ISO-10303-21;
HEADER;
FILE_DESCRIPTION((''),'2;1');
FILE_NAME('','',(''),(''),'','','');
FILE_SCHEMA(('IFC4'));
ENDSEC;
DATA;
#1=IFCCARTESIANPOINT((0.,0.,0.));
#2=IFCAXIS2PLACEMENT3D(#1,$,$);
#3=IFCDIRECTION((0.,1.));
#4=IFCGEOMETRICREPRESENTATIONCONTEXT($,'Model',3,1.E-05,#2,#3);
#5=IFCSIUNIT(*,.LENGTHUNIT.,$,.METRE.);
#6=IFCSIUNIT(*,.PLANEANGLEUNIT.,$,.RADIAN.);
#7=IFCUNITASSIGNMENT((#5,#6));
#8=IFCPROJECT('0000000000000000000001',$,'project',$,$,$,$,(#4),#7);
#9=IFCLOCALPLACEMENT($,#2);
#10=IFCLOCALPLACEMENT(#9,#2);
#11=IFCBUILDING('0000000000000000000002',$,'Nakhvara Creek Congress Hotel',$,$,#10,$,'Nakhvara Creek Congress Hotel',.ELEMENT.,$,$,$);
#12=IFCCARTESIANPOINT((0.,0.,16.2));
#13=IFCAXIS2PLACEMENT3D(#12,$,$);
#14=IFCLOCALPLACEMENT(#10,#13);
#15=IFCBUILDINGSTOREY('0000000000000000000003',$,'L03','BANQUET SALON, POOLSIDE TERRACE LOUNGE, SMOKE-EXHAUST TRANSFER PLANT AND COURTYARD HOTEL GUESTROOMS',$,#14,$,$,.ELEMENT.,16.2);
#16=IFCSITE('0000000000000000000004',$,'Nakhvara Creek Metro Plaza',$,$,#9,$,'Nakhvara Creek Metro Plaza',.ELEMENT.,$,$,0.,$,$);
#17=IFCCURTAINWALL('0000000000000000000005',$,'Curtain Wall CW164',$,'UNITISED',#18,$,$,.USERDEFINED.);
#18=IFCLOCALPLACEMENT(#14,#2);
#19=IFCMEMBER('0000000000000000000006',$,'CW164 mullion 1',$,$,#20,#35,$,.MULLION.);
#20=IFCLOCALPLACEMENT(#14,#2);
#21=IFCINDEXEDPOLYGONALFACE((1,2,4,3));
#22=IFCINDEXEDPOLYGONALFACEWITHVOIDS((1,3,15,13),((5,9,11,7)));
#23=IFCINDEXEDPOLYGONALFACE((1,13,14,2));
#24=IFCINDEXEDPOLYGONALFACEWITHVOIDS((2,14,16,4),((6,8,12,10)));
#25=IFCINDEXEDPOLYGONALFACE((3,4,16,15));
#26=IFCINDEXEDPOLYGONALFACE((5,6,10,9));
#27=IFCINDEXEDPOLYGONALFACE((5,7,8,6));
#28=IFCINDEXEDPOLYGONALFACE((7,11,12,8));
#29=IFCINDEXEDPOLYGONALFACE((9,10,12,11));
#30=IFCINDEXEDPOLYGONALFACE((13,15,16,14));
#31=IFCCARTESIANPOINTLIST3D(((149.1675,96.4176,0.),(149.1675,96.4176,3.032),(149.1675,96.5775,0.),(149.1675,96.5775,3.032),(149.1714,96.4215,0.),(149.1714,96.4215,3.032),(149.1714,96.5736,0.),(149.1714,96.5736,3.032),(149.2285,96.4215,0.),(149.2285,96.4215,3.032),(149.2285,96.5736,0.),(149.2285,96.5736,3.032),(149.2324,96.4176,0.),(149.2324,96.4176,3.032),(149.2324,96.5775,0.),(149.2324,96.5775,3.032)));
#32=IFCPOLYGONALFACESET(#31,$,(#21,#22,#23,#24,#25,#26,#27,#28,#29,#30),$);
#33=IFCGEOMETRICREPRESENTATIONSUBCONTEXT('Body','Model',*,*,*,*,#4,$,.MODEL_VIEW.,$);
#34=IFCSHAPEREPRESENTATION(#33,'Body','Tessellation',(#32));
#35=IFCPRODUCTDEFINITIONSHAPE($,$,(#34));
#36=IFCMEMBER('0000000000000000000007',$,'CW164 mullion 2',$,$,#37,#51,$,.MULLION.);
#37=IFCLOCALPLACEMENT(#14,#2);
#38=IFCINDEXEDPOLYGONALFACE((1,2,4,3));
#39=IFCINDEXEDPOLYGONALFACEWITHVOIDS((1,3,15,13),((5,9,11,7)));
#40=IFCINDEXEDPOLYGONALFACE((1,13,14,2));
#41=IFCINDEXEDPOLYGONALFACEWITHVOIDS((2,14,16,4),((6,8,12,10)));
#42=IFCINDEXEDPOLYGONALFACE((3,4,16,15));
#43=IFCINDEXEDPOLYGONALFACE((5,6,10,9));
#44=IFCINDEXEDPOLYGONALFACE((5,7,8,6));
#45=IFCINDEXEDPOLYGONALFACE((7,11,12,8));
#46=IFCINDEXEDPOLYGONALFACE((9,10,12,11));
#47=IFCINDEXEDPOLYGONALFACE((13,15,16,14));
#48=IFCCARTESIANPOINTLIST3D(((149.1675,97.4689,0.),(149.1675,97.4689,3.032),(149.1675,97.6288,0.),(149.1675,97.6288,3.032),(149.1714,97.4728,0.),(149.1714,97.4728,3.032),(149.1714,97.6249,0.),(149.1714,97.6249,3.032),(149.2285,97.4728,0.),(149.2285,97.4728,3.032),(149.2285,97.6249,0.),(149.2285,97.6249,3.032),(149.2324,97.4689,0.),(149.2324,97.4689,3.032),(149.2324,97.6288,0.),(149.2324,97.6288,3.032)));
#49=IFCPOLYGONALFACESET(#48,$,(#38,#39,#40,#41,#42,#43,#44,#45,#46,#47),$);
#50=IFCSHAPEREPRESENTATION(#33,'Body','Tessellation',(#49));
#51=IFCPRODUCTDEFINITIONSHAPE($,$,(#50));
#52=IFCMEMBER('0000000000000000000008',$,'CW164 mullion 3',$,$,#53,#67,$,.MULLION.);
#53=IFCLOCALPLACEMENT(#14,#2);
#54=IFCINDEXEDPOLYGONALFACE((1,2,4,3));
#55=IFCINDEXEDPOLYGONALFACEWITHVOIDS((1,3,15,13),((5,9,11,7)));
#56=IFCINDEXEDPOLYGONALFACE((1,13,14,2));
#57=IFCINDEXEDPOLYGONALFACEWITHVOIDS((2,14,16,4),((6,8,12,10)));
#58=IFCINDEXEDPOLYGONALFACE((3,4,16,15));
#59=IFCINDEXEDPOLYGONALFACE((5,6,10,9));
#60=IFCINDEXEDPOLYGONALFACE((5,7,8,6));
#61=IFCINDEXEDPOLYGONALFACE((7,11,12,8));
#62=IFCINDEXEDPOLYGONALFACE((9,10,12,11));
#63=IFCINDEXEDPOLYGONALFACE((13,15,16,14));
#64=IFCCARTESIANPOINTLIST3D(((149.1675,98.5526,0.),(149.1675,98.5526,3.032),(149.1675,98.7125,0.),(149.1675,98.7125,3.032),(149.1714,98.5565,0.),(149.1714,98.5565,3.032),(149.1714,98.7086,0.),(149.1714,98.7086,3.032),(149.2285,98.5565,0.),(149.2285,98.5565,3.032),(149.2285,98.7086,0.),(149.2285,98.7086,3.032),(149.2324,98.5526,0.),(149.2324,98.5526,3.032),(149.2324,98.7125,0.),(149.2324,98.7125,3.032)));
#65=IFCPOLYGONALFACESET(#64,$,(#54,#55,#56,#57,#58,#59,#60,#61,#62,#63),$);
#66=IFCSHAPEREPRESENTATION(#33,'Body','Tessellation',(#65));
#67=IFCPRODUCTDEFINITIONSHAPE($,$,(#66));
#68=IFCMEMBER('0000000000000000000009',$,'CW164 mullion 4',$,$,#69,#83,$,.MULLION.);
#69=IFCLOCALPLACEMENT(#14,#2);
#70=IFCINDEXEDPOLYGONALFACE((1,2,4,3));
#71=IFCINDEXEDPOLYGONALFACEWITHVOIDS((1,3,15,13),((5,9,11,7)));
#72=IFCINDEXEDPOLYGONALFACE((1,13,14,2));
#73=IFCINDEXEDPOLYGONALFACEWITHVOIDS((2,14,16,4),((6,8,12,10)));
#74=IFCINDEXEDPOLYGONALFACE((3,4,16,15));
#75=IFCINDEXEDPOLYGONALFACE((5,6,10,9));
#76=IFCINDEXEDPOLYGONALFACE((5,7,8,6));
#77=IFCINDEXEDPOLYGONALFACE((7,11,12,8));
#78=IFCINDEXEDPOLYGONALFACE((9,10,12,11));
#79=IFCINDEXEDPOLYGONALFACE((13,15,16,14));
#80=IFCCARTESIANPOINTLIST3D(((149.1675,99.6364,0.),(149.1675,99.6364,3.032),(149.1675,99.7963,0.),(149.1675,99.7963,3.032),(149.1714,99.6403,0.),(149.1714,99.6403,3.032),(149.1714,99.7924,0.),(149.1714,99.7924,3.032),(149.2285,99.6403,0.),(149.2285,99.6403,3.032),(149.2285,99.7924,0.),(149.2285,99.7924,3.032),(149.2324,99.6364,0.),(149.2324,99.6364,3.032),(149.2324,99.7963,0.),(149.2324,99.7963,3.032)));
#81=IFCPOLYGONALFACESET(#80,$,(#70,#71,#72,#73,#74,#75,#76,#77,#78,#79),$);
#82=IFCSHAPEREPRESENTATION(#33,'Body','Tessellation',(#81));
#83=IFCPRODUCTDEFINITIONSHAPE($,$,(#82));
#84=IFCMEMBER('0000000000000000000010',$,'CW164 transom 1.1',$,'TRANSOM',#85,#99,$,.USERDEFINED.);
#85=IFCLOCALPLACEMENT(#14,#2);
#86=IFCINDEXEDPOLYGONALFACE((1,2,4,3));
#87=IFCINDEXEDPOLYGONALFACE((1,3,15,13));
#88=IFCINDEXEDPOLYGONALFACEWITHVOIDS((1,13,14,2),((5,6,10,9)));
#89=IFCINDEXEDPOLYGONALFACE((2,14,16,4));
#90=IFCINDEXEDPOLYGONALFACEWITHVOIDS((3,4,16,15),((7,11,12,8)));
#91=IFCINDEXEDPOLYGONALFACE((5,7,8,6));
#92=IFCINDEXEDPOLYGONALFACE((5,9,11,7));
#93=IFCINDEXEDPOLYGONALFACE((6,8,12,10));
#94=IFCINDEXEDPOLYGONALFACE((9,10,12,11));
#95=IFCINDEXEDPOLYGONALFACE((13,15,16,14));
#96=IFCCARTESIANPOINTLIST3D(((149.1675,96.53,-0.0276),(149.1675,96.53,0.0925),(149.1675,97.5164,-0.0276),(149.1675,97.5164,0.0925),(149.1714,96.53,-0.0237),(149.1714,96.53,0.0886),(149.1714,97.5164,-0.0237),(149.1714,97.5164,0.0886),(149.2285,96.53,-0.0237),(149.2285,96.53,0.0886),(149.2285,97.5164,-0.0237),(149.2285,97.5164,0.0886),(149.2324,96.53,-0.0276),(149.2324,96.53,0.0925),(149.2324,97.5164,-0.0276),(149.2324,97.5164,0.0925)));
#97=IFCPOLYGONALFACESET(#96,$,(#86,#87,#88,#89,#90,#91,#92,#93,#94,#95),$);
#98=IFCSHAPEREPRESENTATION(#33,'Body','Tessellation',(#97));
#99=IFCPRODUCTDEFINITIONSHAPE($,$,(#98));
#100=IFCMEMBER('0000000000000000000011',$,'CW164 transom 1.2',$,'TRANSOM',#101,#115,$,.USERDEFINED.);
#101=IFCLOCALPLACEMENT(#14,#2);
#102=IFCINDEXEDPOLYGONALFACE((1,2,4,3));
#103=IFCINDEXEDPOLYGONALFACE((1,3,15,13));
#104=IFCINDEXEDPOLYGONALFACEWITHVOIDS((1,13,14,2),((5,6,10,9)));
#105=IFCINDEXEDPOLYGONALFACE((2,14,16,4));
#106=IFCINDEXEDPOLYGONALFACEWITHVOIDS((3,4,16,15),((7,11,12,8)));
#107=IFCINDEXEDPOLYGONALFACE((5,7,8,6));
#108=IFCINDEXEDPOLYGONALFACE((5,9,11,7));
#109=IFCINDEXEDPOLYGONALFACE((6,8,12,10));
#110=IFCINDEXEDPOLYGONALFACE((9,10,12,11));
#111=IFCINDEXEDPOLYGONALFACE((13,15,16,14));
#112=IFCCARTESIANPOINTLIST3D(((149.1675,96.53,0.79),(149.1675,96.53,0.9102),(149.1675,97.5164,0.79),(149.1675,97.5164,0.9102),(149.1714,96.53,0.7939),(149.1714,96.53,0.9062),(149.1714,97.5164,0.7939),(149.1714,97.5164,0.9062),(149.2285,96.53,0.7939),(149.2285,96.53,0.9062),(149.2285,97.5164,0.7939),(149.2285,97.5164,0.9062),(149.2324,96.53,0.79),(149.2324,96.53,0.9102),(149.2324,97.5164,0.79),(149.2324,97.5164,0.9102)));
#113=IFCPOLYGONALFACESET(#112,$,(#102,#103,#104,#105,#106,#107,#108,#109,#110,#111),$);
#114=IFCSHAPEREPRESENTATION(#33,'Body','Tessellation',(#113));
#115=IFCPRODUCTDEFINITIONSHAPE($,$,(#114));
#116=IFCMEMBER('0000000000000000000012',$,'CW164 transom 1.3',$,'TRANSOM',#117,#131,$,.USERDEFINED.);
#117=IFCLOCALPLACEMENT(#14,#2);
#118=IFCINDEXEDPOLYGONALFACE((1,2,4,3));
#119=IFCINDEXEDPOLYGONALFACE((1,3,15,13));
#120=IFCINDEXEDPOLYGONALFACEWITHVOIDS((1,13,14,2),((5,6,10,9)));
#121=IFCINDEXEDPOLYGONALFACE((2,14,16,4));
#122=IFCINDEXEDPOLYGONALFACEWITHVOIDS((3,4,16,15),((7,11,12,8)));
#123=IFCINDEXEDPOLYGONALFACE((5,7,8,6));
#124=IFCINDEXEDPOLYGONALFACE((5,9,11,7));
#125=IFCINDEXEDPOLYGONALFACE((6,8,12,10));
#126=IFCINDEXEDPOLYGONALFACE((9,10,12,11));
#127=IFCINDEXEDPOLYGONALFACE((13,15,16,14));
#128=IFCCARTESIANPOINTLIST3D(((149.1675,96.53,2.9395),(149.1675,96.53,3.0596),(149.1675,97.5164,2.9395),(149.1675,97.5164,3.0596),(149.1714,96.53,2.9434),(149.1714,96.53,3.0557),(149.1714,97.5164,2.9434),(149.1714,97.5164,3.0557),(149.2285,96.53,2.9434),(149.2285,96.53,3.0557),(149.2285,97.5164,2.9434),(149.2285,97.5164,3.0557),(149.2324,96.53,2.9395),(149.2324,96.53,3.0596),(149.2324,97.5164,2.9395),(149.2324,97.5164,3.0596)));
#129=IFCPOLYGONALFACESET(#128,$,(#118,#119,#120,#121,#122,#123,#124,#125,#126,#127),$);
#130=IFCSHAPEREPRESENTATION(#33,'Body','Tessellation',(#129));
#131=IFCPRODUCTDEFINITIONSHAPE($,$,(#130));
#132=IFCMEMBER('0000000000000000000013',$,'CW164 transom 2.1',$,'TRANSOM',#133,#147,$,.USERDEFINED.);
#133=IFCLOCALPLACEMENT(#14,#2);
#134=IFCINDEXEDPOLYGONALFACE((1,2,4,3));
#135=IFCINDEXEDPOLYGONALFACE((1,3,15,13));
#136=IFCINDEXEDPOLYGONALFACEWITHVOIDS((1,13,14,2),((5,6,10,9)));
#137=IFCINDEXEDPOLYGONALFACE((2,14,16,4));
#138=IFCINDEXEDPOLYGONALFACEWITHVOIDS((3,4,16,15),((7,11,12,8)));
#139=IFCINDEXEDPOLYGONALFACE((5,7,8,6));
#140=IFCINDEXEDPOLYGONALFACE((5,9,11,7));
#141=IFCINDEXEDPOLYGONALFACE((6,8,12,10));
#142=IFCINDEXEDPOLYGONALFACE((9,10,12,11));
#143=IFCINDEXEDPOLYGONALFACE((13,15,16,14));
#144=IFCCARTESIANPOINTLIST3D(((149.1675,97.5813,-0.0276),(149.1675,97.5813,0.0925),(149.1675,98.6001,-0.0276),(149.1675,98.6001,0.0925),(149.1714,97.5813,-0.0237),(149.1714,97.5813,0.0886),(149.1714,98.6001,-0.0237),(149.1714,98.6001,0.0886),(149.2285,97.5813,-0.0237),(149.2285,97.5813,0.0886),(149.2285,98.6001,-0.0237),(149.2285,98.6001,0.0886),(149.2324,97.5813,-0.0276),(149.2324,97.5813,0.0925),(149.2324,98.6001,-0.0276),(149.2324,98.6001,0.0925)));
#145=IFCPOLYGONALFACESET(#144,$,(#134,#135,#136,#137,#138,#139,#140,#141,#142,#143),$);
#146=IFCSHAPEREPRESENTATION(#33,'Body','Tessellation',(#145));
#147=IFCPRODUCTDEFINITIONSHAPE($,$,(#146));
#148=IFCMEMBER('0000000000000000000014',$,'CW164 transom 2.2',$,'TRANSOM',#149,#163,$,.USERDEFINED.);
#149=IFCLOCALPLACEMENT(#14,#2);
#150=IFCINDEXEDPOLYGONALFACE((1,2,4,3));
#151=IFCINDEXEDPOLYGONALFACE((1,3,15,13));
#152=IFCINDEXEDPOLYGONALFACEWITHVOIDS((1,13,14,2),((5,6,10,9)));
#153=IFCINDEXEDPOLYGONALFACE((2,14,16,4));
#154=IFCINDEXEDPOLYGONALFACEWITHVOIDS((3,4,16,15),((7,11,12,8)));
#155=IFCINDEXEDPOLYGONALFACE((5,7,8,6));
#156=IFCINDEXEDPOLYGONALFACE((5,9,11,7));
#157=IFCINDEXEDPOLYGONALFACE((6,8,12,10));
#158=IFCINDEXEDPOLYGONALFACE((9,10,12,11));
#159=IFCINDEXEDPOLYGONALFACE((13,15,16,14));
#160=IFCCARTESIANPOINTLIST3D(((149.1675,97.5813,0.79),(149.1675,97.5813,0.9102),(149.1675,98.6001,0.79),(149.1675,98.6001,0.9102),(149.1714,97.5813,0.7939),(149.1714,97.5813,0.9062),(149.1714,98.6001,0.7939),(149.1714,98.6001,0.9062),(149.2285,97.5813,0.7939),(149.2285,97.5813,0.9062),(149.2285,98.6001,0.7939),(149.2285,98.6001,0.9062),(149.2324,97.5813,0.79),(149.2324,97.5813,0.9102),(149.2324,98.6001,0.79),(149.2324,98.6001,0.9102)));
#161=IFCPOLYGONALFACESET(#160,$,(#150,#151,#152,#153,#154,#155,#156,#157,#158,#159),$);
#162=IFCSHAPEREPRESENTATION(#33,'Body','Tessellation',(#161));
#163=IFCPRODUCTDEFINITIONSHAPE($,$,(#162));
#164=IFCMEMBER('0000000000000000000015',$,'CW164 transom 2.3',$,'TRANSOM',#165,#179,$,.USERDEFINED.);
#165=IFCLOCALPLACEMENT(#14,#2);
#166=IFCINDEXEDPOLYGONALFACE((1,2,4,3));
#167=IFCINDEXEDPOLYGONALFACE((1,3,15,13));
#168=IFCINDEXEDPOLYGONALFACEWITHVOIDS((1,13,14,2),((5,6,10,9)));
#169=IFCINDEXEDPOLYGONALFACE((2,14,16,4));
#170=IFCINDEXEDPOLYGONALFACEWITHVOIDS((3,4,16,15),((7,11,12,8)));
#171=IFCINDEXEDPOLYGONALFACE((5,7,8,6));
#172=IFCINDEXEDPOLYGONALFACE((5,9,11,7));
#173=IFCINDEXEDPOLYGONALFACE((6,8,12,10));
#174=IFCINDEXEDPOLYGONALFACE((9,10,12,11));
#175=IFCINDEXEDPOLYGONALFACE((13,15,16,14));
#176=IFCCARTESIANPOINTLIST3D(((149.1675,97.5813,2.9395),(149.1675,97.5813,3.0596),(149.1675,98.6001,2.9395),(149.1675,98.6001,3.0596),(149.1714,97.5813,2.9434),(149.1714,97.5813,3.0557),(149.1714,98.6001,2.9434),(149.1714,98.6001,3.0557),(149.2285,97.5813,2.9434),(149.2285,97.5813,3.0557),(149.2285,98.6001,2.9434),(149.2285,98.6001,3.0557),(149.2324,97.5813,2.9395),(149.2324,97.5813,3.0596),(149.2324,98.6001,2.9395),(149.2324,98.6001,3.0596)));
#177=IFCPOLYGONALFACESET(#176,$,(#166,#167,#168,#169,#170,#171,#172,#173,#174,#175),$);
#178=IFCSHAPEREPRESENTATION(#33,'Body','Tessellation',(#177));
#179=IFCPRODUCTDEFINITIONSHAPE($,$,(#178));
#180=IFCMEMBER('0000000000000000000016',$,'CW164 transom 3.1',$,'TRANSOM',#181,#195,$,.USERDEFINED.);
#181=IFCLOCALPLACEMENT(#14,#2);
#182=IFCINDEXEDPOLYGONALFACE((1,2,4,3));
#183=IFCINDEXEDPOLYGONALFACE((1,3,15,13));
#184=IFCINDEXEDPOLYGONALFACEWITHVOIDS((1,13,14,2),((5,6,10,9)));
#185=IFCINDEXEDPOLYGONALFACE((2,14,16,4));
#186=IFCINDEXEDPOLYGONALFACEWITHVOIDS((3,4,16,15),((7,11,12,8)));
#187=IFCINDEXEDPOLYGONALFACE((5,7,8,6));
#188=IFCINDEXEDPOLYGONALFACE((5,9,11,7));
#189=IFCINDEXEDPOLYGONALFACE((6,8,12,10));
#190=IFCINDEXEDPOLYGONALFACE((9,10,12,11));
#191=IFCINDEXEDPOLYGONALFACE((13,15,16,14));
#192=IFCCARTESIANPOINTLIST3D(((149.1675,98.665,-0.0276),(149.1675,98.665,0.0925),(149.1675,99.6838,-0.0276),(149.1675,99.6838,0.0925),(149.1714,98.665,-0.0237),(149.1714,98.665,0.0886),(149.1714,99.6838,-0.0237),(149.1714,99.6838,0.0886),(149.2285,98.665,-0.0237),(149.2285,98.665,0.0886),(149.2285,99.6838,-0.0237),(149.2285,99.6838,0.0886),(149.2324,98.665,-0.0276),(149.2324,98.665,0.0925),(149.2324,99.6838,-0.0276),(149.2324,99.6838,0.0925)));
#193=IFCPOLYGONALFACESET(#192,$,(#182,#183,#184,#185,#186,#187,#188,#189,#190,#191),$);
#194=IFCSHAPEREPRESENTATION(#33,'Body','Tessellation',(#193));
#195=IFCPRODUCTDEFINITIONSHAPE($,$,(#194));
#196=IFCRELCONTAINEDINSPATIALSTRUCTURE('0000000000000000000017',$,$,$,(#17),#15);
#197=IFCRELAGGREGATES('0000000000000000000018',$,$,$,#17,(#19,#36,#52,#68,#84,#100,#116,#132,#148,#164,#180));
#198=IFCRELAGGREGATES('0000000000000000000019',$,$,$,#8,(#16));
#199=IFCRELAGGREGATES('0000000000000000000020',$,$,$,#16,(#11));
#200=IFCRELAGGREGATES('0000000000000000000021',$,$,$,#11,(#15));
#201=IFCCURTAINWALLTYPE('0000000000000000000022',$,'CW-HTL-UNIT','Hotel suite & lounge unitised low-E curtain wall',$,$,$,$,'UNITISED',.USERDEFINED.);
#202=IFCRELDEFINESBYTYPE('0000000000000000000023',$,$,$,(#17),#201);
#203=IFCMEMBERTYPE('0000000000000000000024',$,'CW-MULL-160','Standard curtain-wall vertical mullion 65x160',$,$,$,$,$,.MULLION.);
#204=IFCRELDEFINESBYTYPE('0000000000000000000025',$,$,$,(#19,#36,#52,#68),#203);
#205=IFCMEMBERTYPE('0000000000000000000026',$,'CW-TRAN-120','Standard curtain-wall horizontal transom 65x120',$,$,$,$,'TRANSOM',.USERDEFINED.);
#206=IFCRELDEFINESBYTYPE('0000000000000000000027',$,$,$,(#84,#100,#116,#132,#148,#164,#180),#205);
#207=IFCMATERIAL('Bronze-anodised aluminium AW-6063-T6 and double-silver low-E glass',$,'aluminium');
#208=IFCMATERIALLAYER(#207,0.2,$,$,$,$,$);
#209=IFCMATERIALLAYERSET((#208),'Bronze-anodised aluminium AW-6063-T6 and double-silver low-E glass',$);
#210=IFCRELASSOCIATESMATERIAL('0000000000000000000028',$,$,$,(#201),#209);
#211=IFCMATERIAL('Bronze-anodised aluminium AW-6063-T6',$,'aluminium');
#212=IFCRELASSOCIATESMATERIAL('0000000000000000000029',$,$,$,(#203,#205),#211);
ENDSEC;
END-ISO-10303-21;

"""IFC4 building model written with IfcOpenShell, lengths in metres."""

from ifc_helpers import new_model, si_unit, direction, frame, origin, origin_2d, place, context, subcontext, project, spatial, hollow_rectangle, extrude, material, layer, layer_set, material_profile, profile_set, type_object, element, aggregate, save


model = new_model("IFC4")

# Units and contexts
model_context = context("Model", 3, precision=1e-05, world=origin(), true_north=direction((0.0, 1.0)))
body_context = subcontext(model_context, "Body", "Model", "MODEL_VIEW")
ifc_project = project(units=[si_unit("LENGTHUNIT", "METRE"), si_unit("PLANEANGLEUNIT", "RADIAN")], contexts=[model_context])

# Site, building, storey
site_placement = place(None, origin())
site = spatial("IfcSite", under=ifc_project, at=site_placement, Name="Nakhvara Creek Metro Plaza", LongName="Nakhvara Creek Metro Plaza", CompositionType="ELEMENT", RefElevation=0.0)
building_placement = place(site_placement, origin())
building = spatial("IfcBuilding", under=site, at=building_placement, Name="Nakhvara Creek Congress Hotel", LongName="Nakhvara Creek Congress Hotel", CompositionType="ELEMENT")
storey_placement = place(building_placement, frame((0.0, 0.0, 16.2)))
storey = spatial("IfcBuildingStorey", under=building, at=storey_placement, Name="L03", Description="BANQUET SALON, POOLSIDE TERRACE LOUNGE, SMOKE-EXHAUST TRANSFER PLANT AND COURTYARD HOTEL GUESTROOMS", CompositionType="ELEMENT", Elevation=16.2)

# Curtain wall, members
ifc_material_1 = material(Name="Bronze-anodised aluminium AW-6063-T6 and double-silver low-E glass", Category="aluminium")
ifc_layer = layer(ifc_material_1, 0.2)
ifc_layer_set = layer_set([ifc_layer], Name="Bronze-anodised aluminium AW-6063-T6 and double-silver low-E glass")
curtain_wall_type = type_object("IfcCurtainWallType", Name="CW-HTL-UNIT", Description="Hotel suite & lounge unitised low-E curtain wall", ElementType="UNITISED", PredefinedType="USERDEFINED", material=ifc_layer_set)
curtain_wall_placement = place(storey_placement, origin())
curtain_wall = element("IfcCurtainWall", 1, at=curtain_wall_placement, inside=storey, type_object=curtain_wall_type, Name="Curtain Wall CW164", ObjectType="UNITISED", PredefinedType="USERDEFINED")
ifc_material_2 = material(Name="Bronze-anodised aluminium AW-6063-T6", Category="aluminium")
ifc_material_profile_1 = material_profile(ifc_material_2, hollow_rectangle(XDim=0.0649, YDim=0.1599, WallThickness=0.0039, at=origin_2d()), Name="ALU-MULL 65x160x4", Category="LoadBearing")
ifc_profile_set_1 = profile_set([ifc_material_profile_1], Name="Bronze-anodised aluminium AW-6063-T6")
member_type_1 = type_object("IfcMemberType", Name="CW-MULL-160", Description="Standard curtain-wall vertical mullion 65x160", PredefinedType="MULLION", material=ifc_profile_set_1)
member_1_placement = place(storey_placement, frame((149.2, 96.4976, 0.0), z_axis=(0.0, 0.0, 1.0), x_axis=(-1.0, 0.0, 0.0)))
member_1 = element("IfcMember", 2, at=member_1_placement, type_object=member_type_1, Name="CW164 mullion 1", PredefinedType="MULLION", context=body_context, shape_type="SweptSolid", body=[
    extrude(hollow_rectangle(XDim=0.0649, YDim=0.1599, WallThickness=0.0039, at=origin_2d()), origin(), (0.0, 0.0, 1.0), 3.032),
])
member_2_placement = place(storey_placement, frame((149.2, 97.5488, 0.0), z_axis=(0.0, 0.0, 1.0), x_axis=(-1.0, 0.0, 0.0)))
member_2 = element("IfcMember", 3, at=member_2_placement, type_object=member_type_1, Name="CW164 mullion 2", PredefinedType="MULLION", context=body_context, shape_type="SweptSolid", body=[
    extrude(hollow_rectangle(XDim=0.0649, YDim=0.1599, WallThickness=0.0039, at=origin_2d()), origin(), (0.0, 0.0, 1.0), 3.032),
])
member_3_placement = place(storey_placement, frame((149.2, 98.6326, 0.0), z_axis=(0.0, 0.0, 1.0), x_axis=(-1.0, 0.0, 0.0)))
member_3 = element("IfcMember", 4, at=member_3_placement, type_object=member_type_1, Name="CW164 mullion 3", PredefinedType="MULLION", context=body_context, shape_type="SweptSolid", body=[
    extrude(hollow_rectangle(XDim=0.0649, YDim=0.1599, WallThickness=0.0039, at=origin_2d()), origin(), (0.0, 0.0, 1.0), 3.032),
])
member_4_placement = place(storey_placement, frame((149.2, 99.7163, 0.0), z_axis=(0.0, 0.0, 1.0), x_axis=(-1.0, 0.0, 0.0)))
member_4 = element("IfcMember", 5, at=member_4_placement, type_object=member_type_1, Name="CW164 mullion 4", PredefinedType="MULLION", context=body_context, shape_type="SweptSolid", body=[
    extrude(hollow_rectangle(XDim=0.0649, YDim=0.1599, WallThickness=0.0039, at=origin_2d()), origin(), (0.0, 0.0, 1.0), 3.032),
])
ifc_material_profile_2 = material_profile(ifc_material_2, hollow_rectangle(XDim=0.0649, YDim=0.1201, WallThickness=0.0039, at=origin_2d()), Name="ALU-TRAN 65x120x4", Category="LoadBearing")
ifc_profile_set_2 = profile_set([ifc_material_profile_2], Name="Bronze-anodised aluminium AW-6063-T6")
member_type_2 = type_object("IfcMemberType", Name="CW-TRAN-120", Description="Standard curtain-wall horizontal transom 65x120", ElementType="TRANSOM", PredefinedType="USERDEFINED", material=ifc_profile_set_2)
member_5_placement = place(storey_placement, frame((149.2, 96.53, 0.0325), z_axis=(0.0, 1.0, 0.0), x_axis=(-1.0, 0.0, 0.0)))
member_5 = element("IfcMember", 6, at=member_5_placement, type_object=member_type_2, Name="CW164 transom 1.1", ObjectType="TRANSOM", PredefinedType="USERDEFINED", context=body_context, shape_type="SweptSolid", body=[
    extrude(hollow_rectangle(XDim=0.0649, YDim=0.1201, WallThickness=0.0039, at=origin_2d()), origin(), (0.0, 0.0, 1.0), 0.9863),
])
member_6_placement = place(storey_placement, frame((149.2, 96.53, 0.8501), z_axis=(0.0, 1.0, 0.0), x_axis=(-1.0, 0.0, 0.0)))
member_6 = element("IfcMember", 7, at=member_6_placement, type_object=member_type_2, Name="CW164 transom 1.2", ObjectType="TRANSOM", PredefinedType="USERDEFINED", context=body_context, shape_type="SweptSolid", body=[
    extrude(hollow_rectangle(XDim=0.0649, YDim=0.1201, WallThickness=0.0039, at=origin_2d()), origin(), (0.0, 0.0, 1.0), 0.9863),
])
member_7_placement = place(storey_placement, frame((149.2, 96.53, 2.9995), z_axis=(0.0, 1.0, 0.0), x_axis=(-1.0, 0.0, 0.0)))
member_7 = element("IfcMember", 8, at=member_7_placement, type_object=member_type_2, Name="CW164 transom 1.3", ObjectType="TRANSOM", PredefinedType="USERDEFINED", context=body_context, shape_type="SweptSolid", body=[
    extrude(hollow_rectangle(XDim=0.0649, YDim=0.1201, WallThickness=0.0039, at=origin_2d()), origin(), (0.0, 0.0, 1.0), 0.9863),
])
member_8_placement = place(storey_placement, frame((149.2, 97.5813, 0.0325), z_axis=(0.0, 1.0, 0.0), x_axis=(-1.0, 0.0, 0.0)))
member_8 = element("IfcMember", 9, at=member_8_placement, type_object=member_type_2, Name="CW164 transom 2.1", ObjectType="TRANSOM", PredefinedType="USERDEFINED", context=body_context, shape_type="SweptSolid", body=[
    extrude(hollow_rectangle(XDim=0.0649, YDim=0.1201, WallThickness=0.0039, at=origin_2d()), origin(), (0.0, 0.0, 1.0), 1.0188),
])
member_9_placement = place(storey_placement, frame((149.2, 97.5813, 0.8501), z_axis=(0.0, 1.0, 0.0), x_axis=(-1.0, 0.0, 0.0)))
member_9 = element("IfcMember", 10, at=member_9_placement, type_object=member_type_2, Name="CW164 transom 2.2", ObjectType="TRANSOM", PredefinedType="USERDEFINED", context=body_context, shape_type="SweptSolid", body=[
    extrude(hollow_rectangle(XDim=0.0649, YDim=0.1201, WallThickness=0.0039, at=origin_2d()), origin(), (0.0, 0.0, 1.0), 1.0188),
])
member_10_placement = place(storey_placement, frame((149.2, 97.5813, 2.9995), z_axis=(0.0, 1.0, 0.0), x_axis=(-1.0, 0.0, 0.0)))
member_10 = element("IfcMember", 11, at=member_10_placement, type_object=member_type_2, Name="CW164 transom 2.3", ObjectType="TRANSOM", PredefinedType="USERDEFINED", context=body_context, shape_type="SweptSolid", body=[
    extrude(hollow_rectangle(XDim=0.0649, YDim=0.1201, WallThickness=0.0039, at=origin_2d()), origin(), (0.0, 0.0, 1.0), 1.0188),
])
member_11_placement = place(storey_placement, frame((149.2, 98.665, 0.0325), z_axis=(0.0, 1.0, 0.0), x_axis=(-1.0, 0.0, 0.0)))
member_11 = element("IfcMember", 12, at=member_11_placement, type_object=member_type_2, Name="CW164 transom 3.1", ObjectType="TRANSOM", PredefinedType="USERDEFINED", context=body_context, shape_type="SweptSolid", body=[
    extrude(hollow_rectangle(XDim=0.0649, YDim=0.1201, WallThickness=0.0039, at=origin_2d()), origin(), (0.0, 0.0, 1.0), 1.0188),
])
aggregate(curtain_wall, [member_1, member_2, member_3, member_4, member_5, member_6, member_7, member_8, member_9, member_10, member_11])

save(model, "model.ifc")
